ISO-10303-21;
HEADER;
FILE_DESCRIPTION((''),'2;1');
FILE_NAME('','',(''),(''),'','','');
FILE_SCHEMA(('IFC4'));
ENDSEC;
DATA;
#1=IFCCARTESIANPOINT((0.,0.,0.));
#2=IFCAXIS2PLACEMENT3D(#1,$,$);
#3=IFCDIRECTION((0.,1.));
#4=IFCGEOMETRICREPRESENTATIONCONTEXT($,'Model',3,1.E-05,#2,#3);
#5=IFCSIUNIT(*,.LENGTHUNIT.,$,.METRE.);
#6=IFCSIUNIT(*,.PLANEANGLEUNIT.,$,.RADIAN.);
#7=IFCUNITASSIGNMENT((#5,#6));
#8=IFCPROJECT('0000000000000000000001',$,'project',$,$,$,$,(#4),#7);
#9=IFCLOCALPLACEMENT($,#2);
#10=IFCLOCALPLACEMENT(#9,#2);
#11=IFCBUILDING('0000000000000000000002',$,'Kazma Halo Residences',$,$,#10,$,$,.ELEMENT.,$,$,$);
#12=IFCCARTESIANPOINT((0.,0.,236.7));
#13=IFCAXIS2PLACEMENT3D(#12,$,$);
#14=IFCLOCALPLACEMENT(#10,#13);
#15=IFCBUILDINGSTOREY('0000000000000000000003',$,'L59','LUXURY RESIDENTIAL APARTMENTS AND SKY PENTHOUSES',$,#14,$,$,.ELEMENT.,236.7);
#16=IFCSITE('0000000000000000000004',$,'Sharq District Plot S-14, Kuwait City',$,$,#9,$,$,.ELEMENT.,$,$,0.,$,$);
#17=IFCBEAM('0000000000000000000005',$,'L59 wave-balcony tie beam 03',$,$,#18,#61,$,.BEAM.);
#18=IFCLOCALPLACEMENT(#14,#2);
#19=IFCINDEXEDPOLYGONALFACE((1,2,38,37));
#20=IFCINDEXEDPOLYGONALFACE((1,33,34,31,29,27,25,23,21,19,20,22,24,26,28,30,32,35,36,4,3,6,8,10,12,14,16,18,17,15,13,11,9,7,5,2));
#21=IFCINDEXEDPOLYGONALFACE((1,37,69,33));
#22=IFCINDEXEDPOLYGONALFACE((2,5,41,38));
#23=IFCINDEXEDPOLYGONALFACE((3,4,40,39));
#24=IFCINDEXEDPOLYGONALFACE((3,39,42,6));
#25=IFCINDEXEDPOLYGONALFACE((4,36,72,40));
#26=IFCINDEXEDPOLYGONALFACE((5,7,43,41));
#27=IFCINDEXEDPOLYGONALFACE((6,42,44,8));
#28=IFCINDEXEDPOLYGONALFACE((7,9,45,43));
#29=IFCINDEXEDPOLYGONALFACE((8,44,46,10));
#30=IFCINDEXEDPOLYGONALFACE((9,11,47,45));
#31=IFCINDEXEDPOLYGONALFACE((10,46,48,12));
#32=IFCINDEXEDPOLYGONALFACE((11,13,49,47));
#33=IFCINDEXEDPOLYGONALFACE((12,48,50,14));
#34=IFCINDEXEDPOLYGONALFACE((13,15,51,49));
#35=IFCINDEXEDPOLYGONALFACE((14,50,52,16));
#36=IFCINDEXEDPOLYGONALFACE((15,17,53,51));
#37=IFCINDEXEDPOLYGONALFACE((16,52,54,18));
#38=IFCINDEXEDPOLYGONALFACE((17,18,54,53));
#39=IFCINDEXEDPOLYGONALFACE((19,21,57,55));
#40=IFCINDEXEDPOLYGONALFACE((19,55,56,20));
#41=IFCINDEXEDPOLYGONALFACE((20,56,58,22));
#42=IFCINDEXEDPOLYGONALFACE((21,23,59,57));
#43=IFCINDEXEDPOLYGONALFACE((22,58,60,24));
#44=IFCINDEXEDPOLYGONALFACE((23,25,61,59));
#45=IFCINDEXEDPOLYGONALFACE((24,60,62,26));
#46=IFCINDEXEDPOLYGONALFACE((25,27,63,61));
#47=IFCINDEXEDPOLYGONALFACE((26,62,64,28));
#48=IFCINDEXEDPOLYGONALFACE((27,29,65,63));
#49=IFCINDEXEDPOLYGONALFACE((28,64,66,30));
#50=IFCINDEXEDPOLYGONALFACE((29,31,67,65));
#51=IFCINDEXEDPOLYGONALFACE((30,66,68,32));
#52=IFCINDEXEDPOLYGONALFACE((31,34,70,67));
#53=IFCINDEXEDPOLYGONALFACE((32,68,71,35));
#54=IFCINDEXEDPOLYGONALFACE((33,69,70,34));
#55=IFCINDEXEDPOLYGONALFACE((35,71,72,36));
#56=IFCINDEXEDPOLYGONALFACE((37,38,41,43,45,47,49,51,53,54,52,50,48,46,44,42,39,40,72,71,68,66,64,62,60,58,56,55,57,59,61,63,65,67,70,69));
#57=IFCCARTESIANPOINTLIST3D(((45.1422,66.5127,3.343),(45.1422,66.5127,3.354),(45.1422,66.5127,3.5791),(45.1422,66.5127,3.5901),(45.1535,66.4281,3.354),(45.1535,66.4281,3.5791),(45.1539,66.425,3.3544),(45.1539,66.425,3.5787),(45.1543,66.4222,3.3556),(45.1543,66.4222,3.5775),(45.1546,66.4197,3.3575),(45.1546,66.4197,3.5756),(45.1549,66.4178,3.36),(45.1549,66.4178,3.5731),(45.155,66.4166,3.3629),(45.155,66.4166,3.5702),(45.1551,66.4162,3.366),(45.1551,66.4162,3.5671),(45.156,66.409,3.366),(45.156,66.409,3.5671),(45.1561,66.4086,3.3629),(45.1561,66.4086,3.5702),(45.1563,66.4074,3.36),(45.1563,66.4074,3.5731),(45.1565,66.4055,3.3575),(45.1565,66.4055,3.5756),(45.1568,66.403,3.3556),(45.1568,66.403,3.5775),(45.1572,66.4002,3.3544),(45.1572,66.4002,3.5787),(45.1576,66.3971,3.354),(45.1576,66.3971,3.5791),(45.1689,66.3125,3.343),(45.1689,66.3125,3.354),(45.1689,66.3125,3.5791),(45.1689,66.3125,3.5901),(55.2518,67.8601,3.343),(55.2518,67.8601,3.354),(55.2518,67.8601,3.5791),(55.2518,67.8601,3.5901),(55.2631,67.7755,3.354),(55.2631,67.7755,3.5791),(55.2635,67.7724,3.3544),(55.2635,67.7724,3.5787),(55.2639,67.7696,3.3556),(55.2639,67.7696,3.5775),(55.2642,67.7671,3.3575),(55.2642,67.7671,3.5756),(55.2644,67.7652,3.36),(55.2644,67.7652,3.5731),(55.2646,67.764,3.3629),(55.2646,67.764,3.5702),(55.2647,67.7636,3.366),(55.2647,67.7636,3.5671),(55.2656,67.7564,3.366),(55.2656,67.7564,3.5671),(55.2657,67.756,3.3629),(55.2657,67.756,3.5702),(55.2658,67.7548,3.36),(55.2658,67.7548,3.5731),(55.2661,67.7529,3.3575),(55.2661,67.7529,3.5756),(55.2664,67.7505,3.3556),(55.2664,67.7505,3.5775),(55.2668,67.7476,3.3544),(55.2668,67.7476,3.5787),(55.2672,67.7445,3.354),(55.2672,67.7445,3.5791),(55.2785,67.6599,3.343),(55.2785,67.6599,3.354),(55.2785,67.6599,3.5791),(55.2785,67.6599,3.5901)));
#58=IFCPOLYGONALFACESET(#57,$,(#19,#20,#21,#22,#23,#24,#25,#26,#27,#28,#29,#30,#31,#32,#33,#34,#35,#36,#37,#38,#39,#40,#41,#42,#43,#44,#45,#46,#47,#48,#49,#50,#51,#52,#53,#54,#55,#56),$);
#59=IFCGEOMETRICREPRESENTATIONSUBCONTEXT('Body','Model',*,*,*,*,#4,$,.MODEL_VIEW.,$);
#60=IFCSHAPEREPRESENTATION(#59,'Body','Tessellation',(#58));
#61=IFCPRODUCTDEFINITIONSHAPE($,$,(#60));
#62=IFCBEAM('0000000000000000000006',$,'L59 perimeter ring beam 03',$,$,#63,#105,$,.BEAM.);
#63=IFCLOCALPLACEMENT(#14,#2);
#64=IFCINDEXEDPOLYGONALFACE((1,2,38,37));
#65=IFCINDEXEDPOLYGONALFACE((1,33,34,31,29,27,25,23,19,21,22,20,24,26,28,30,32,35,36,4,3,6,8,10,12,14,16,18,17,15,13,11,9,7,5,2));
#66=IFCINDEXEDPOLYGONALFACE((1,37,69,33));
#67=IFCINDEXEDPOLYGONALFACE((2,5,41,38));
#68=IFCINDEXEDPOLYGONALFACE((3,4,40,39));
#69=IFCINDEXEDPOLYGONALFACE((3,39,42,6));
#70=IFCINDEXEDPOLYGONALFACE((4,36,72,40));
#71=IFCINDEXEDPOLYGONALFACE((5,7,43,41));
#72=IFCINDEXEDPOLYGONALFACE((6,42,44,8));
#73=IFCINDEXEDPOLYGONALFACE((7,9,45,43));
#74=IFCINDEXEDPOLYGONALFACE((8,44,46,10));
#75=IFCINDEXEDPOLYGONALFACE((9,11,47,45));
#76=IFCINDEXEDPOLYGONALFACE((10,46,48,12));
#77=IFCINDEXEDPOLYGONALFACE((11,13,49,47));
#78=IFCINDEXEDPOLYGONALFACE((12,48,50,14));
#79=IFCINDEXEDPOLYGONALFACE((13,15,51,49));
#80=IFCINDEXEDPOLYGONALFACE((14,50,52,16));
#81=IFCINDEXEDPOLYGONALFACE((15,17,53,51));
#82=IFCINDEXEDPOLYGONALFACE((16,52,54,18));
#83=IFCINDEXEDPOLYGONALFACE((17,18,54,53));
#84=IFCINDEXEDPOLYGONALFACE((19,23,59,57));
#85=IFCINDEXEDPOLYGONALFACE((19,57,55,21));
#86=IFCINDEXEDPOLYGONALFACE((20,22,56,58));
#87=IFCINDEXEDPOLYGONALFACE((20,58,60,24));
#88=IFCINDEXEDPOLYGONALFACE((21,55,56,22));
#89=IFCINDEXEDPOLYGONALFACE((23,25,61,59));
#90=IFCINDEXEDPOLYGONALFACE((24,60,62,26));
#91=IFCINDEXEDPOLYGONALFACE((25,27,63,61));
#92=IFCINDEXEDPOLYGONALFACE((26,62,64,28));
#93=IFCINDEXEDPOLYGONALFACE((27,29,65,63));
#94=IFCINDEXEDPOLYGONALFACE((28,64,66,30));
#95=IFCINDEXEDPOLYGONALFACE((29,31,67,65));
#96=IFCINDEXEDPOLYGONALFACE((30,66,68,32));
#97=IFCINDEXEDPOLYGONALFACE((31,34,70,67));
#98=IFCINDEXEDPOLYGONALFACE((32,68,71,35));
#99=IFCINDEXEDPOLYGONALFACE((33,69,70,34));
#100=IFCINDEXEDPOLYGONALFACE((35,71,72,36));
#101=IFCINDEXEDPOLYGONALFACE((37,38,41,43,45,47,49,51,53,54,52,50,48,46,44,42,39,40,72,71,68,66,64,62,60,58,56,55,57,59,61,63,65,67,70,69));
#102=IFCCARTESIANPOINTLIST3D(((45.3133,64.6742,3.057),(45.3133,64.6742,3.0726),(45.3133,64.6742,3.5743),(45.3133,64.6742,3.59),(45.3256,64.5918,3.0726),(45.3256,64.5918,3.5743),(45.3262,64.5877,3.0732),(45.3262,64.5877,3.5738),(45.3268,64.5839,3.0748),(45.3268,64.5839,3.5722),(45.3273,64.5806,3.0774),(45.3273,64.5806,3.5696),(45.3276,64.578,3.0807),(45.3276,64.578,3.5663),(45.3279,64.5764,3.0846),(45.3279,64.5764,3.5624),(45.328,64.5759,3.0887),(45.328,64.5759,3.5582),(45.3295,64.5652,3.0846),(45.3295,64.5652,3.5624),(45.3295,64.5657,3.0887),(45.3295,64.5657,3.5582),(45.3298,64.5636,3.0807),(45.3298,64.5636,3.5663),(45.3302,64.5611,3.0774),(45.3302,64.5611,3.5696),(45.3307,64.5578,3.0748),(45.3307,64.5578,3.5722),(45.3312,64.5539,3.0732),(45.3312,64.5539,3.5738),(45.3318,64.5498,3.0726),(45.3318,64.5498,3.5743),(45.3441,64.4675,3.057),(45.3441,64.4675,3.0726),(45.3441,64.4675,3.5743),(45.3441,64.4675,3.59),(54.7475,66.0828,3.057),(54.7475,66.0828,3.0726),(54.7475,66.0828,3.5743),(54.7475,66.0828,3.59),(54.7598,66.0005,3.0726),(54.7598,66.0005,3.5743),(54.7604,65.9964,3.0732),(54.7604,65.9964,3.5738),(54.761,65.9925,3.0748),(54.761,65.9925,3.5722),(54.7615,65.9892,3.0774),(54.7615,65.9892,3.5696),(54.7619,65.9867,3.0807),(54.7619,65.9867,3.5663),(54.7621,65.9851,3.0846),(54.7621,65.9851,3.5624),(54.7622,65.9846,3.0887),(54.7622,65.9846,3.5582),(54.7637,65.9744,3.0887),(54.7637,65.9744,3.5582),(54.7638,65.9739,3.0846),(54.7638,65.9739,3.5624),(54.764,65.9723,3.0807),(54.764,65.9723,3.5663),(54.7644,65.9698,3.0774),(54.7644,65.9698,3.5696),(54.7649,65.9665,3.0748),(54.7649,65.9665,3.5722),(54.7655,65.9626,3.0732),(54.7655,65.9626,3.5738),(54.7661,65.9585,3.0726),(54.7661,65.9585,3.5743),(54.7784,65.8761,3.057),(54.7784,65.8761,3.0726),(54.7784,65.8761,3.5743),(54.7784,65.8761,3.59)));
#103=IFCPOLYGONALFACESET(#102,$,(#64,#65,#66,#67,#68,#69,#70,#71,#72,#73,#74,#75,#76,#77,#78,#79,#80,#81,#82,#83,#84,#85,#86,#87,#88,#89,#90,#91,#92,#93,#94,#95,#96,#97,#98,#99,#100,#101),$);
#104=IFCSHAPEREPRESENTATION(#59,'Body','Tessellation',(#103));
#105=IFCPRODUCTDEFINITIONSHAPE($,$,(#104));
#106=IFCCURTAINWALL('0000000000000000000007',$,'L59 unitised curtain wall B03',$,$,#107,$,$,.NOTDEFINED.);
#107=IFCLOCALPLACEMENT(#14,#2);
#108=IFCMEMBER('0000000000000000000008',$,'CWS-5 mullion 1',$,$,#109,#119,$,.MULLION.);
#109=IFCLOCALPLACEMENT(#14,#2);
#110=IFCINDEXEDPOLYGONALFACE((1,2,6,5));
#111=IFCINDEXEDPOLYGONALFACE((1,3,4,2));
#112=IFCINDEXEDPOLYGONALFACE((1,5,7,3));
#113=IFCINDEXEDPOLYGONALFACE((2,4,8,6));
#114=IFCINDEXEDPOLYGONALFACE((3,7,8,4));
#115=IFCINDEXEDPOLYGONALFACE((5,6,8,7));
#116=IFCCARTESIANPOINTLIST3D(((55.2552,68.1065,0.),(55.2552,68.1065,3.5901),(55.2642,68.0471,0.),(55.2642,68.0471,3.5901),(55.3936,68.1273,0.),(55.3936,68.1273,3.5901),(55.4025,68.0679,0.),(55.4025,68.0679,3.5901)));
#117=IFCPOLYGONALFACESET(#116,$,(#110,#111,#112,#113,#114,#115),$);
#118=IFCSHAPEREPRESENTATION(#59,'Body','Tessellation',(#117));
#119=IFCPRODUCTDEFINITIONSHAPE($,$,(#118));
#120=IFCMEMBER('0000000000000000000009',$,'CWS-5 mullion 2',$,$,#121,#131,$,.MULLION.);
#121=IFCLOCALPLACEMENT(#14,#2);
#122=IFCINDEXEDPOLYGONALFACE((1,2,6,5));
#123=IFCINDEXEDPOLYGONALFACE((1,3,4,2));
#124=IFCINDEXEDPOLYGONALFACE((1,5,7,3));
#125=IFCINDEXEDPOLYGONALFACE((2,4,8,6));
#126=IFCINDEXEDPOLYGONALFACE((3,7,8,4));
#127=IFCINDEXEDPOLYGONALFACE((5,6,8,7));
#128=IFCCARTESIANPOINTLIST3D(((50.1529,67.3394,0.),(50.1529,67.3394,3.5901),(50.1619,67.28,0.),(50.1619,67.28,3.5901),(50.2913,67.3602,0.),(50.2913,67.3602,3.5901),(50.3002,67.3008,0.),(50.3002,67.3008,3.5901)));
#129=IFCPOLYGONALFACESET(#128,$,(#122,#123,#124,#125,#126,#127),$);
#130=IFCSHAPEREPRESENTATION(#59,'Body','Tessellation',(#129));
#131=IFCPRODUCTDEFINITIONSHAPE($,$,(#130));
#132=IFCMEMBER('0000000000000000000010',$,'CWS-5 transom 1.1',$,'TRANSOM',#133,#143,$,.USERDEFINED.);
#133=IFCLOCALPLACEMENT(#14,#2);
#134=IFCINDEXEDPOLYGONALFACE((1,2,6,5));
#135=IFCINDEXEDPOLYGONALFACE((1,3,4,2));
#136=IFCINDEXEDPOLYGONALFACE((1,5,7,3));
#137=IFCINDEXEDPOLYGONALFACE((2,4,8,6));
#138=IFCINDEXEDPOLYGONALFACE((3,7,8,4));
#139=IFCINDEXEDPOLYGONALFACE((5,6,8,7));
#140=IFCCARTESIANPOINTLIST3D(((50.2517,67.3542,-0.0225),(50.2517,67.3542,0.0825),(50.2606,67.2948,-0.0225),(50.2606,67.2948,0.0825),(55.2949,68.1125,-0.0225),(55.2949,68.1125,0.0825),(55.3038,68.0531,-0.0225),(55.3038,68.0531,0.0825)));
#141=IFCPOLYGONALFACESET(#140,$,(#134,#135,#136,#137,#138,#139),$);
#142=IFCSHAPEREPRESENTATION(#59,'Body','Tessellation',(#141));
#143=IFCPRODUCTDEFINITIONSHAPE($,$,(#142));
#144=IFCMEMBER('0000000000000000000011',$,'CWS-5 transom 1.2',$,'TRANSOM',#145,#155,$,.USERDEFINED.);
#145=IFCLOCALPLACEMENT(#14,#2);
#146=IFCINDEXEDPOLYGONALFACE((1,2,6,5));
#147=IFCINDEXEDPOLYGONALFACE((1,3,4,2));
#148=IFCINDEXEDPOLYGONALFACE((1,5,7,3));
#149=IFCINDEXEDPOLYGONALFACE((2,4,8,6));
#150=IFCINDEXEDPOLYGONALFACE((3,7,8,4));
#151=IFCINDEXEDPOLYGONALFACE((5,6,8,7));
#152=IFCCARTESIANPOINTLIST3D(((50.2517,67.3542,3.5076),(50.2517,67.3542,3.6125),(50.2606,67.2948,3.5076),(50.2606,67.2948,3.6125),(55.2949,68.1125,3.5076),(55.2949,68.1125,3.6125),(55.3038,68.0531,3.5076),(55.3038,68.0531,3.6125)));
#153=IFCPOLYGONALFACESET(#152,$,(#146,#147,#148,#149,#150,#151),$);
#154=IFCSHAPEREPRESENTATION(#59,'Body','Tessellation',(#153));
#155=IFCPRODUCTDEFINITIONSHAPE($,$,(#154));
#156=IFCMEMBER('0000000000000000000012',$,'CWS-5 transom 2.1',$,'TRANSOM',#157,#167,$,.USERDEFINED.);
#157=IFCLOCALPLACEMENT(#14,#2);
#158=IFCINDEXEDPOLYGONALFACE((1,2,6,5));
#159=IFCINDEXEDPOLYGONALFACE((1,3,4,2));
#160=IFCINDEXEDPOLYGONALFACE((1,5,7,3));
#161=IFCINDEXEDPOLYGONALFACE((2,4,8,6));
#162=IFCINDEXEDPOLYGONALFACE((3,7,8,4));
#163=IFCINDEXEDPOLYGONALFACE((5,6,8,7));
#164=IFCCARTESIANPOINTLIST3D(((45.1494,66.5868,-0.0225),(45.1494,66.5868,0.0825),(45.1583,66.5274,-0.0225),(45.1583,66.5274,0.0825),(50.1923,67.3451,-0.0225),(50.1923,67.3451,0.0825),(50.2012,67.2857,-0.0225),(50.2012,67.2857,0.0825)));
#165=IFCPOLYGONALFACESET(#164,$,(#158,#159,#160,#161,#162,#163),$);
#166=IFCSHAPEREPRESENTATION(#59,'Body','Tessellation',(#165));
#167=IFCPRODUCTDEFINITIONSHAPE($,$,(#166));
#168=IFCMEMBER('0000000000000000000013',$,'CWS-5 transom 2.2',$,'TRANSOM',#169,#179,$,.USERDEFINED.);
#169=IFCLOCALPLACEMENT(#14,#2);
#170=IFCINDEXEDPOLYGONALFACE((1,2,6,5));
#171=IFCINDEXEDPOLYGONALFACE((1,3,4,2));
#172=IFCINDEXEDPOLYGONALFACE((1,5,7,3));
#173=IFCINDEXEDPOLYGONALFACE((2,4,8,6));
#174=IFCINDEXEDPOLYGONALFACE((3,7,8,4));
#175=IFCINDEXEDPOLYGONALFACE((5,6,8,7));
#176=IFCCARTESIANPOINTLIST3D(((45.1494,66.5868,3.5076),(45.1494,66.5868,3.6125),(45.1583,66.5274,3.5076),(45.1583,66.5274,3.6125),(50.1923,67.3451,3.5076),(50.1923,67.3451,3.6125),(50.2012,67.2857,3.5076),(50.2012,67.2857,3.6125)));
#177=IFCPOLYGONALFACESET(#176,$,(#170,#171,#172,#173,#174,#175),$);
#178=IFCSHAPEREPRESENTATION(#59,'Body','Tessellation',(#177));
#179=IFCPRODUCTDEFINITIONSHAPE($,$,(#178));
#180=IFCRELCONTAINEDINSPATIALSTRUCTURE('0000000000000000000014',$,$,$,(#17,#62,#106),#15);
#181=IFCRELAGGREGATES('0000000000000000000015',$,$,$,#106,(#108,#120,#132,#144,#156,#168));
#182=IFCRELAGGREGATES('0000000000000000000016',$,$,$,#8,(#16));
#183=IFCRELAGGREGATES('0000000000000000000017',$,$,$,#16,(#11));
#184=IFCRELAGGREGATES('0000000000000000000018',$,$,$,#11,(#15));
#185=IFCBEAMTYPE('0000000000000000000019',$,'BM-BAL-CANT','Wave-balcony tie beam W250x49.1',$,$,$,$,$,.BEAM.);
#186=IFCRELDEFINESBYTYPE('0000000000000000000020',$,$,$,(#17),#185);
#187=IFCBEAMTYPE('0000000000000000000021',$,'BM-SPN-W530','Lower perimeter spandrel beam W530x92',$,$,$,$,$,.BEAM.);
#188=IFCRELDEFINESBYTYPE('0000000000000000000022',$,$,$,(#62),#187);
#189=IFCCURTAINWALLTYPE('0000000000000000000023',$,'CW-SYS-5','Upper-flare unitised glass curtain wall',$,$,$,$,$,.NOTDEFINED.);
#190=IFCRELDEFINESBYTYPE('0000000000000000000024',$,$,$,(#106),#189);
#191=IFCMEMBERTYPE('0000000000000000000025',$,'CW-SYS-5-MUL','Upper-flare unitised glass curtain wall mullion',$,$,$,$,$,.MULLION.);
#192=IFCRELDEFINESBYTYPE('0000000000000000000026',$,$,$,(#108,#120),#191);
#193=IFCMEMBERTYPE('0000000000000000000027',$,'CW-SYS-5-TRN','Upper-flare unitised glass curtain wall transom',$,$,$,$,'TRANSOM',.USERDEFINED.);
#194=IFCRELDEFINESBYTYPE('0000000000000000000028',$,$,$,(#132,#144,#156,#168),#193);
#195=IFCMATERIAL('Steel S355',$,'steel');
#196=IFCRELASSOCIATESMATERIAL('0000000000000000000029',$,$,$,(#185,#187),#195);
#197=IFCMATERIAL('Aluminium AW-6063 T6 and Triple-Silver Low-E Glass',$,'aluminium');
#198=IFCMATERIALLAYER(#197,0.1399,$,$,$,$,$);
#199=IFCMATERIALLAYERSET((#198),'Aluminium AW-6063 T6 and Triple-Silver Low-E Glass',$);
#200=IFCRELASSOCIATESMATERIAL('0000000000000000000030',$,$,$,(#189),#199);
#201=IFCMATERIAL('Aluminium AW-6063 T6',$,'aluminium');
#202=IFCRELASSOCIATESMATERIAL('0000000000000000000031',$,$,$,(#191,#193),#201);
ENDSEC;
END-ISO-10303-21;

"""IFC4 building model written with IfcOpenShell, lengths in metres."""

from ifc_helpers import new_model, si_unit, direction, frame, origin, origin_2d, place, context, subcontext, project, spatial, rectangle, i_section, extrude, material, layer, layer_set, material_profile, profile_set, type_object, element, aggregate, save


model = new_model("IFC4")

# Units and contexts
model_context = context("Model", 3, precision=1e-05, world=origin(), true_north=direction((0.0, 1.0)))
body_context = subcontext(model_context, "Body", "Model", "MODEL_VIEW")
ifc_project = project(units=[si_unit("LENGTHUNIT", "METRE"), si_unit("PLANEANGLEUNIT", "RADIAN")], contexts=[model_context])

# Site, building, storey
site_placement = place(None, origin())
site = spatial("IfcSite", under=ifc_project, at=site_placement, Name="Sharq District Plot S-14, Kuwait City", CompositionType="ELEMENT", RefElevation=0.0)
building_placement = place(site_placement, origin())
building = spatial("IfcBuilding", under=site, at=building_placement, Name="Kazma Halo Residences", CompositionType="ELEMENT")
storey_placement = place(building_placement, frame((0.0, 0.0, 236.7)))
storey = spatial("IfcBuildingStorey", under=building, at=storey_placement, Name="L59", Description="LUXURY RESIDENTIAL APARTMENTS AND SKY PENTHOUSES", CompositionType="ELEMENT", Elevation=236.7)

# Beams
ifc_material_1 = material(Name="Steel S355", Category="steel")
ifc_material_profile_1 = material_profile(ifc_material_1, i_section(OverallWidth=0.2019, OverallDepth=0.2471, WebThickness=0.0073, FlangeThickness=0.011, FilletRadius=0.012, at=origin_2d()), Name="W250x49.1")
ifc_profile_set_1 = profile_set([ifc_material_profile_1], Name="Steel S355")
beam_type_1 = type_object("IfcBeamType", Name="BM-BAL-CANT", Description="Wave-balcony tie beam W250x49.1", PredefinedType="BEAM", material=ifc_profile_set_1)
beam_1_placement = place(storey_placement, frame((55.2651, 67.76, 3.4666), z_axis=(-0.991235, -0.132112, 0.0), x_axis=(0.132112, -0.991235, 0.0)))
element("IfcBeam", 1, at=beam_1_placement, inside=storey, type_object=beam_type_1, Name="L59 wave-balcony tie beam 03", PredefinedType="BEAM", context=body_context, shape_type="SweptSolid", body=[
    extrude(i_section(OverallWidth=0.2019, OverallDepth=0.2471, WebThickness=0.0073, FlangeThickness=0.011, FilletRadius=0.012, at=origin_2d()), origin(), (0.0, 0.0, 1.0), 10.199),
])
ifc_material_profile_2 = material_profile(ifc_material_1, i_section(OverallWidth=0.209, OverallDepth=0.533, WebThickness=0.0103, FlangeThickness=0.0156, FilletRadius=0.0161, at=origin_2d()), Name="W530x92")
ifc_profile_set_2 = profile_set([ifc_material_profile_2], Name="Steel S355")
beam_type_2 = type_object("IfcBeamType", Name="BM-SPN-W530", Description="Lower perimeter spandrel beam W530x92", PredefinedType="BEAM", material=ifc_profile_set_2)
beam_2_placement = place(storey_placement, frame((54.7629, 65.9795, 3.3235), z_axis=(-0.989035, -0.147678, 0.0), x_axis=(0.147678, -0.989035, 0.0)))
element("IfcBeam", 2, at=beam_2_placement, inside=storey, type_object=beam_type_2, Name="L59 perimeter ring beam 03", PredefinedType="BEAM", context=body_context, shape_type="SweptSolid", body=[
    extrude(i_section(OverallWidth=0.209, OverallDepth=0.533, WebThickness=0.0103, FlangeThickness=0.0156, FilletRadius=0.0161, at=origin_2d()), origin(), (0.0, 0.0, 1.0), 9.5388),
])

# Curtain wall, members
ifc_material_2 = material(Name="Aluminium AW-6063 T6 and Triple-Silver Low-E Glass", Category="aluminium")
ifc_layer_1 = layer(ifc_material_2, 0.1399)
ifc_layer_set_1 = layer_set([ifc_layer_1], Name="Aluminium AW-6063 T6 and Triple-Silver Low-E Glass")
curtain_wall_type = type_object("IfcCurtainWallType", Name="CW-SYS-5", Description="Upper-flare unitised glass curtain wall", PredefinedType="NOTDEFINED", material=ifc_layer_set_1)
curtain_wall_placement = place(storey_placement, origin())
curtain_wall = element("IfcCurtainWall", 3, at=curtain_wall_placement, inside=storey, type_object=curtain_wall_type, Name="L59 unitised curtain wall B03", PredefinedType="NOTDEFINED")
ifc_material_3 = material(Name="Aluminium AW-6063 T6", Category="aluminium")
ifc_material_profile_3 = material_profile(ifc_material_3, rectangle(XDim=0.0601, YDim=0.1399, at=origin_2d()), Name="CWM-60x140")
ifc_profile_set_3 = profile_set([ifc_material_profile_3], Name="Aluminium AW-6063 T6")
member_type_1 = type_object("IfcMemberType", Name="CW-SYS-5-MUL", Description="Upper-flare unitised glass curtain wall mullion", PredefinedType="MULLION", material=ifc_profile_set_3)
member_1_placement = place(storey_placement, frame((55.3289, 68.0872, 0.0), z_axis=(0.0, 0.0, 1.0), x_axis=(0.148697, -0.988883, 0.0)))
member_1 = element("IfcMember", 4, at=member_1_placement, type_object=member_type_1, Name="CWS-5 mullion 1", PredefinedType="MULLION", context=body_context, shape_type="SweptSolid", body=[
    extrude(rectangle(XDim=0.0601, YDim=0.1399, at=origin_2d()), origin(), (0.0, 0.0, 1.0), 3.5901),
])
member_2_placement = place(storey_placement, frame((50.2266, 67.3201, 0.0), z_axis=(0.0, 0.0, 1.0), x_axis=(0.148697, -0.988883, 0.0)))
member_2 = element("IfcMember", 5, at=member_2_placement, type_object=member_type_1, Name="CWS-5 mullion 2", PredefinedType="MULLION", context=body_context, shape_type="SweptSolid", body=[
    extrude(rectangle(XDim=0.0601, YDim=0.1399, at=origin_2d()), origin(), (0.0, 0.0, 1.0), 3.5901),
])
ifc_material_profile_4 = material_profile(ifc_material_3, rectangle(XDim=0.0601, YDim=0.105, at=origin_2d()), Name="CWT-60x105")
ifc_profile_set_4 = profile_set([ifc_material_profile_4], Name="Aluminium AW-6063 T6")
member_type_2 = type_object("IfcMemberType", Name="CW-SYS-5-TRN", Description="Upper-flare unitised glass curtain wall transom", ElementType="TRANSOM", PredefinedType="USERDEFINED", material=ifc_profile_set_4)
member_3_placement = place(storey_placement, frame((55.2993, 68.0828, 0.03), z_axis=(-0.988884, -0.148689, 0.0), x_axis=(0.148689, -0.988884, 0.0)))
member_3 = element("IfcMember", 6, at=member_3_placement, type_object=member_type_2, Name="CWS-5 transom 1.1", ObjectType="TRANSOM", PredefinedType="USERDEFINED", context=body_context, shape_type="SweptSolid", body=[
    extrude(rectangle(XDim=0.0601, YDim=0.105, at=origin_2d()), origin(), (0.0, 0.0, 1.0), 5.0999),
])
member_4_placement = place(storey_placement, frame((55.2993, 68.0828, 3.5601), z_axis=(-0.988884, -0.148689, 0.0), x_axis=(0.148689, -0.988884, 0.0)))
member_4 = element("IfcMember", 7, at=member_4_placement, type_object=member_type_2, Name="CWS-5 transom 1.2", ObjectType="TRANSOM", PredefinedType="USERDEFINED", context=body_context, shape_type="SweptSolid", body=[
    extrude(rectangle(XDim=0.0601, YDim=0.105, at=origin_2d()), origin(), (0.0, 0.0, 1.0), 5.0999),
])
member_5_placement = place(storey_placement, frame((50.1968, 67.3154, 0.03), z_axis=(-0.988883, -0.148696, 0.0), x_axis=(0.148696, -0.988883, 0.0)))
member_5 = element("IfcMember", 8, at=member_5_placement, type_object=member_type_2, Name="CWS-5 transom 2.1", ObjectType="TRANSOM", PredefinedType="USERDEFINED", context=body_context, shape_type="SweptSolid", body=[
    extrude(rectangle(XDim=0.0601, YDim=0.105, at=origin_2d()), origin(), (0.0, 0.0, 1.0), 5.0996),
])
member_6_placement = place(storey_placement, frame((50.1968, 67.3154, 3.5601), z_axis=(-0.988883, -0.148696, 0.0), x_axis=(0.148696, -0.988883, 0.0)))
member_6 = element("IfcMember", 9, at=member_6_placement, type_object=member_type_2, Name="CWS-5 transom 2.2", ObjectType="TRANSOM", PredefinedType="USERDEFINED", context=body_context, shape_type="SweptSolid", body=[
    extrude(rectangle(XDim=0.0601, YDim=0.105, at=origin_2d()), origin(), (0.0, 0.0, 1.0), 5.0996),
])
aggregate(curtain_wall, [member_1, member_2, member_3, member_4, member_5, member_6])

save(model, "model.ifc")
